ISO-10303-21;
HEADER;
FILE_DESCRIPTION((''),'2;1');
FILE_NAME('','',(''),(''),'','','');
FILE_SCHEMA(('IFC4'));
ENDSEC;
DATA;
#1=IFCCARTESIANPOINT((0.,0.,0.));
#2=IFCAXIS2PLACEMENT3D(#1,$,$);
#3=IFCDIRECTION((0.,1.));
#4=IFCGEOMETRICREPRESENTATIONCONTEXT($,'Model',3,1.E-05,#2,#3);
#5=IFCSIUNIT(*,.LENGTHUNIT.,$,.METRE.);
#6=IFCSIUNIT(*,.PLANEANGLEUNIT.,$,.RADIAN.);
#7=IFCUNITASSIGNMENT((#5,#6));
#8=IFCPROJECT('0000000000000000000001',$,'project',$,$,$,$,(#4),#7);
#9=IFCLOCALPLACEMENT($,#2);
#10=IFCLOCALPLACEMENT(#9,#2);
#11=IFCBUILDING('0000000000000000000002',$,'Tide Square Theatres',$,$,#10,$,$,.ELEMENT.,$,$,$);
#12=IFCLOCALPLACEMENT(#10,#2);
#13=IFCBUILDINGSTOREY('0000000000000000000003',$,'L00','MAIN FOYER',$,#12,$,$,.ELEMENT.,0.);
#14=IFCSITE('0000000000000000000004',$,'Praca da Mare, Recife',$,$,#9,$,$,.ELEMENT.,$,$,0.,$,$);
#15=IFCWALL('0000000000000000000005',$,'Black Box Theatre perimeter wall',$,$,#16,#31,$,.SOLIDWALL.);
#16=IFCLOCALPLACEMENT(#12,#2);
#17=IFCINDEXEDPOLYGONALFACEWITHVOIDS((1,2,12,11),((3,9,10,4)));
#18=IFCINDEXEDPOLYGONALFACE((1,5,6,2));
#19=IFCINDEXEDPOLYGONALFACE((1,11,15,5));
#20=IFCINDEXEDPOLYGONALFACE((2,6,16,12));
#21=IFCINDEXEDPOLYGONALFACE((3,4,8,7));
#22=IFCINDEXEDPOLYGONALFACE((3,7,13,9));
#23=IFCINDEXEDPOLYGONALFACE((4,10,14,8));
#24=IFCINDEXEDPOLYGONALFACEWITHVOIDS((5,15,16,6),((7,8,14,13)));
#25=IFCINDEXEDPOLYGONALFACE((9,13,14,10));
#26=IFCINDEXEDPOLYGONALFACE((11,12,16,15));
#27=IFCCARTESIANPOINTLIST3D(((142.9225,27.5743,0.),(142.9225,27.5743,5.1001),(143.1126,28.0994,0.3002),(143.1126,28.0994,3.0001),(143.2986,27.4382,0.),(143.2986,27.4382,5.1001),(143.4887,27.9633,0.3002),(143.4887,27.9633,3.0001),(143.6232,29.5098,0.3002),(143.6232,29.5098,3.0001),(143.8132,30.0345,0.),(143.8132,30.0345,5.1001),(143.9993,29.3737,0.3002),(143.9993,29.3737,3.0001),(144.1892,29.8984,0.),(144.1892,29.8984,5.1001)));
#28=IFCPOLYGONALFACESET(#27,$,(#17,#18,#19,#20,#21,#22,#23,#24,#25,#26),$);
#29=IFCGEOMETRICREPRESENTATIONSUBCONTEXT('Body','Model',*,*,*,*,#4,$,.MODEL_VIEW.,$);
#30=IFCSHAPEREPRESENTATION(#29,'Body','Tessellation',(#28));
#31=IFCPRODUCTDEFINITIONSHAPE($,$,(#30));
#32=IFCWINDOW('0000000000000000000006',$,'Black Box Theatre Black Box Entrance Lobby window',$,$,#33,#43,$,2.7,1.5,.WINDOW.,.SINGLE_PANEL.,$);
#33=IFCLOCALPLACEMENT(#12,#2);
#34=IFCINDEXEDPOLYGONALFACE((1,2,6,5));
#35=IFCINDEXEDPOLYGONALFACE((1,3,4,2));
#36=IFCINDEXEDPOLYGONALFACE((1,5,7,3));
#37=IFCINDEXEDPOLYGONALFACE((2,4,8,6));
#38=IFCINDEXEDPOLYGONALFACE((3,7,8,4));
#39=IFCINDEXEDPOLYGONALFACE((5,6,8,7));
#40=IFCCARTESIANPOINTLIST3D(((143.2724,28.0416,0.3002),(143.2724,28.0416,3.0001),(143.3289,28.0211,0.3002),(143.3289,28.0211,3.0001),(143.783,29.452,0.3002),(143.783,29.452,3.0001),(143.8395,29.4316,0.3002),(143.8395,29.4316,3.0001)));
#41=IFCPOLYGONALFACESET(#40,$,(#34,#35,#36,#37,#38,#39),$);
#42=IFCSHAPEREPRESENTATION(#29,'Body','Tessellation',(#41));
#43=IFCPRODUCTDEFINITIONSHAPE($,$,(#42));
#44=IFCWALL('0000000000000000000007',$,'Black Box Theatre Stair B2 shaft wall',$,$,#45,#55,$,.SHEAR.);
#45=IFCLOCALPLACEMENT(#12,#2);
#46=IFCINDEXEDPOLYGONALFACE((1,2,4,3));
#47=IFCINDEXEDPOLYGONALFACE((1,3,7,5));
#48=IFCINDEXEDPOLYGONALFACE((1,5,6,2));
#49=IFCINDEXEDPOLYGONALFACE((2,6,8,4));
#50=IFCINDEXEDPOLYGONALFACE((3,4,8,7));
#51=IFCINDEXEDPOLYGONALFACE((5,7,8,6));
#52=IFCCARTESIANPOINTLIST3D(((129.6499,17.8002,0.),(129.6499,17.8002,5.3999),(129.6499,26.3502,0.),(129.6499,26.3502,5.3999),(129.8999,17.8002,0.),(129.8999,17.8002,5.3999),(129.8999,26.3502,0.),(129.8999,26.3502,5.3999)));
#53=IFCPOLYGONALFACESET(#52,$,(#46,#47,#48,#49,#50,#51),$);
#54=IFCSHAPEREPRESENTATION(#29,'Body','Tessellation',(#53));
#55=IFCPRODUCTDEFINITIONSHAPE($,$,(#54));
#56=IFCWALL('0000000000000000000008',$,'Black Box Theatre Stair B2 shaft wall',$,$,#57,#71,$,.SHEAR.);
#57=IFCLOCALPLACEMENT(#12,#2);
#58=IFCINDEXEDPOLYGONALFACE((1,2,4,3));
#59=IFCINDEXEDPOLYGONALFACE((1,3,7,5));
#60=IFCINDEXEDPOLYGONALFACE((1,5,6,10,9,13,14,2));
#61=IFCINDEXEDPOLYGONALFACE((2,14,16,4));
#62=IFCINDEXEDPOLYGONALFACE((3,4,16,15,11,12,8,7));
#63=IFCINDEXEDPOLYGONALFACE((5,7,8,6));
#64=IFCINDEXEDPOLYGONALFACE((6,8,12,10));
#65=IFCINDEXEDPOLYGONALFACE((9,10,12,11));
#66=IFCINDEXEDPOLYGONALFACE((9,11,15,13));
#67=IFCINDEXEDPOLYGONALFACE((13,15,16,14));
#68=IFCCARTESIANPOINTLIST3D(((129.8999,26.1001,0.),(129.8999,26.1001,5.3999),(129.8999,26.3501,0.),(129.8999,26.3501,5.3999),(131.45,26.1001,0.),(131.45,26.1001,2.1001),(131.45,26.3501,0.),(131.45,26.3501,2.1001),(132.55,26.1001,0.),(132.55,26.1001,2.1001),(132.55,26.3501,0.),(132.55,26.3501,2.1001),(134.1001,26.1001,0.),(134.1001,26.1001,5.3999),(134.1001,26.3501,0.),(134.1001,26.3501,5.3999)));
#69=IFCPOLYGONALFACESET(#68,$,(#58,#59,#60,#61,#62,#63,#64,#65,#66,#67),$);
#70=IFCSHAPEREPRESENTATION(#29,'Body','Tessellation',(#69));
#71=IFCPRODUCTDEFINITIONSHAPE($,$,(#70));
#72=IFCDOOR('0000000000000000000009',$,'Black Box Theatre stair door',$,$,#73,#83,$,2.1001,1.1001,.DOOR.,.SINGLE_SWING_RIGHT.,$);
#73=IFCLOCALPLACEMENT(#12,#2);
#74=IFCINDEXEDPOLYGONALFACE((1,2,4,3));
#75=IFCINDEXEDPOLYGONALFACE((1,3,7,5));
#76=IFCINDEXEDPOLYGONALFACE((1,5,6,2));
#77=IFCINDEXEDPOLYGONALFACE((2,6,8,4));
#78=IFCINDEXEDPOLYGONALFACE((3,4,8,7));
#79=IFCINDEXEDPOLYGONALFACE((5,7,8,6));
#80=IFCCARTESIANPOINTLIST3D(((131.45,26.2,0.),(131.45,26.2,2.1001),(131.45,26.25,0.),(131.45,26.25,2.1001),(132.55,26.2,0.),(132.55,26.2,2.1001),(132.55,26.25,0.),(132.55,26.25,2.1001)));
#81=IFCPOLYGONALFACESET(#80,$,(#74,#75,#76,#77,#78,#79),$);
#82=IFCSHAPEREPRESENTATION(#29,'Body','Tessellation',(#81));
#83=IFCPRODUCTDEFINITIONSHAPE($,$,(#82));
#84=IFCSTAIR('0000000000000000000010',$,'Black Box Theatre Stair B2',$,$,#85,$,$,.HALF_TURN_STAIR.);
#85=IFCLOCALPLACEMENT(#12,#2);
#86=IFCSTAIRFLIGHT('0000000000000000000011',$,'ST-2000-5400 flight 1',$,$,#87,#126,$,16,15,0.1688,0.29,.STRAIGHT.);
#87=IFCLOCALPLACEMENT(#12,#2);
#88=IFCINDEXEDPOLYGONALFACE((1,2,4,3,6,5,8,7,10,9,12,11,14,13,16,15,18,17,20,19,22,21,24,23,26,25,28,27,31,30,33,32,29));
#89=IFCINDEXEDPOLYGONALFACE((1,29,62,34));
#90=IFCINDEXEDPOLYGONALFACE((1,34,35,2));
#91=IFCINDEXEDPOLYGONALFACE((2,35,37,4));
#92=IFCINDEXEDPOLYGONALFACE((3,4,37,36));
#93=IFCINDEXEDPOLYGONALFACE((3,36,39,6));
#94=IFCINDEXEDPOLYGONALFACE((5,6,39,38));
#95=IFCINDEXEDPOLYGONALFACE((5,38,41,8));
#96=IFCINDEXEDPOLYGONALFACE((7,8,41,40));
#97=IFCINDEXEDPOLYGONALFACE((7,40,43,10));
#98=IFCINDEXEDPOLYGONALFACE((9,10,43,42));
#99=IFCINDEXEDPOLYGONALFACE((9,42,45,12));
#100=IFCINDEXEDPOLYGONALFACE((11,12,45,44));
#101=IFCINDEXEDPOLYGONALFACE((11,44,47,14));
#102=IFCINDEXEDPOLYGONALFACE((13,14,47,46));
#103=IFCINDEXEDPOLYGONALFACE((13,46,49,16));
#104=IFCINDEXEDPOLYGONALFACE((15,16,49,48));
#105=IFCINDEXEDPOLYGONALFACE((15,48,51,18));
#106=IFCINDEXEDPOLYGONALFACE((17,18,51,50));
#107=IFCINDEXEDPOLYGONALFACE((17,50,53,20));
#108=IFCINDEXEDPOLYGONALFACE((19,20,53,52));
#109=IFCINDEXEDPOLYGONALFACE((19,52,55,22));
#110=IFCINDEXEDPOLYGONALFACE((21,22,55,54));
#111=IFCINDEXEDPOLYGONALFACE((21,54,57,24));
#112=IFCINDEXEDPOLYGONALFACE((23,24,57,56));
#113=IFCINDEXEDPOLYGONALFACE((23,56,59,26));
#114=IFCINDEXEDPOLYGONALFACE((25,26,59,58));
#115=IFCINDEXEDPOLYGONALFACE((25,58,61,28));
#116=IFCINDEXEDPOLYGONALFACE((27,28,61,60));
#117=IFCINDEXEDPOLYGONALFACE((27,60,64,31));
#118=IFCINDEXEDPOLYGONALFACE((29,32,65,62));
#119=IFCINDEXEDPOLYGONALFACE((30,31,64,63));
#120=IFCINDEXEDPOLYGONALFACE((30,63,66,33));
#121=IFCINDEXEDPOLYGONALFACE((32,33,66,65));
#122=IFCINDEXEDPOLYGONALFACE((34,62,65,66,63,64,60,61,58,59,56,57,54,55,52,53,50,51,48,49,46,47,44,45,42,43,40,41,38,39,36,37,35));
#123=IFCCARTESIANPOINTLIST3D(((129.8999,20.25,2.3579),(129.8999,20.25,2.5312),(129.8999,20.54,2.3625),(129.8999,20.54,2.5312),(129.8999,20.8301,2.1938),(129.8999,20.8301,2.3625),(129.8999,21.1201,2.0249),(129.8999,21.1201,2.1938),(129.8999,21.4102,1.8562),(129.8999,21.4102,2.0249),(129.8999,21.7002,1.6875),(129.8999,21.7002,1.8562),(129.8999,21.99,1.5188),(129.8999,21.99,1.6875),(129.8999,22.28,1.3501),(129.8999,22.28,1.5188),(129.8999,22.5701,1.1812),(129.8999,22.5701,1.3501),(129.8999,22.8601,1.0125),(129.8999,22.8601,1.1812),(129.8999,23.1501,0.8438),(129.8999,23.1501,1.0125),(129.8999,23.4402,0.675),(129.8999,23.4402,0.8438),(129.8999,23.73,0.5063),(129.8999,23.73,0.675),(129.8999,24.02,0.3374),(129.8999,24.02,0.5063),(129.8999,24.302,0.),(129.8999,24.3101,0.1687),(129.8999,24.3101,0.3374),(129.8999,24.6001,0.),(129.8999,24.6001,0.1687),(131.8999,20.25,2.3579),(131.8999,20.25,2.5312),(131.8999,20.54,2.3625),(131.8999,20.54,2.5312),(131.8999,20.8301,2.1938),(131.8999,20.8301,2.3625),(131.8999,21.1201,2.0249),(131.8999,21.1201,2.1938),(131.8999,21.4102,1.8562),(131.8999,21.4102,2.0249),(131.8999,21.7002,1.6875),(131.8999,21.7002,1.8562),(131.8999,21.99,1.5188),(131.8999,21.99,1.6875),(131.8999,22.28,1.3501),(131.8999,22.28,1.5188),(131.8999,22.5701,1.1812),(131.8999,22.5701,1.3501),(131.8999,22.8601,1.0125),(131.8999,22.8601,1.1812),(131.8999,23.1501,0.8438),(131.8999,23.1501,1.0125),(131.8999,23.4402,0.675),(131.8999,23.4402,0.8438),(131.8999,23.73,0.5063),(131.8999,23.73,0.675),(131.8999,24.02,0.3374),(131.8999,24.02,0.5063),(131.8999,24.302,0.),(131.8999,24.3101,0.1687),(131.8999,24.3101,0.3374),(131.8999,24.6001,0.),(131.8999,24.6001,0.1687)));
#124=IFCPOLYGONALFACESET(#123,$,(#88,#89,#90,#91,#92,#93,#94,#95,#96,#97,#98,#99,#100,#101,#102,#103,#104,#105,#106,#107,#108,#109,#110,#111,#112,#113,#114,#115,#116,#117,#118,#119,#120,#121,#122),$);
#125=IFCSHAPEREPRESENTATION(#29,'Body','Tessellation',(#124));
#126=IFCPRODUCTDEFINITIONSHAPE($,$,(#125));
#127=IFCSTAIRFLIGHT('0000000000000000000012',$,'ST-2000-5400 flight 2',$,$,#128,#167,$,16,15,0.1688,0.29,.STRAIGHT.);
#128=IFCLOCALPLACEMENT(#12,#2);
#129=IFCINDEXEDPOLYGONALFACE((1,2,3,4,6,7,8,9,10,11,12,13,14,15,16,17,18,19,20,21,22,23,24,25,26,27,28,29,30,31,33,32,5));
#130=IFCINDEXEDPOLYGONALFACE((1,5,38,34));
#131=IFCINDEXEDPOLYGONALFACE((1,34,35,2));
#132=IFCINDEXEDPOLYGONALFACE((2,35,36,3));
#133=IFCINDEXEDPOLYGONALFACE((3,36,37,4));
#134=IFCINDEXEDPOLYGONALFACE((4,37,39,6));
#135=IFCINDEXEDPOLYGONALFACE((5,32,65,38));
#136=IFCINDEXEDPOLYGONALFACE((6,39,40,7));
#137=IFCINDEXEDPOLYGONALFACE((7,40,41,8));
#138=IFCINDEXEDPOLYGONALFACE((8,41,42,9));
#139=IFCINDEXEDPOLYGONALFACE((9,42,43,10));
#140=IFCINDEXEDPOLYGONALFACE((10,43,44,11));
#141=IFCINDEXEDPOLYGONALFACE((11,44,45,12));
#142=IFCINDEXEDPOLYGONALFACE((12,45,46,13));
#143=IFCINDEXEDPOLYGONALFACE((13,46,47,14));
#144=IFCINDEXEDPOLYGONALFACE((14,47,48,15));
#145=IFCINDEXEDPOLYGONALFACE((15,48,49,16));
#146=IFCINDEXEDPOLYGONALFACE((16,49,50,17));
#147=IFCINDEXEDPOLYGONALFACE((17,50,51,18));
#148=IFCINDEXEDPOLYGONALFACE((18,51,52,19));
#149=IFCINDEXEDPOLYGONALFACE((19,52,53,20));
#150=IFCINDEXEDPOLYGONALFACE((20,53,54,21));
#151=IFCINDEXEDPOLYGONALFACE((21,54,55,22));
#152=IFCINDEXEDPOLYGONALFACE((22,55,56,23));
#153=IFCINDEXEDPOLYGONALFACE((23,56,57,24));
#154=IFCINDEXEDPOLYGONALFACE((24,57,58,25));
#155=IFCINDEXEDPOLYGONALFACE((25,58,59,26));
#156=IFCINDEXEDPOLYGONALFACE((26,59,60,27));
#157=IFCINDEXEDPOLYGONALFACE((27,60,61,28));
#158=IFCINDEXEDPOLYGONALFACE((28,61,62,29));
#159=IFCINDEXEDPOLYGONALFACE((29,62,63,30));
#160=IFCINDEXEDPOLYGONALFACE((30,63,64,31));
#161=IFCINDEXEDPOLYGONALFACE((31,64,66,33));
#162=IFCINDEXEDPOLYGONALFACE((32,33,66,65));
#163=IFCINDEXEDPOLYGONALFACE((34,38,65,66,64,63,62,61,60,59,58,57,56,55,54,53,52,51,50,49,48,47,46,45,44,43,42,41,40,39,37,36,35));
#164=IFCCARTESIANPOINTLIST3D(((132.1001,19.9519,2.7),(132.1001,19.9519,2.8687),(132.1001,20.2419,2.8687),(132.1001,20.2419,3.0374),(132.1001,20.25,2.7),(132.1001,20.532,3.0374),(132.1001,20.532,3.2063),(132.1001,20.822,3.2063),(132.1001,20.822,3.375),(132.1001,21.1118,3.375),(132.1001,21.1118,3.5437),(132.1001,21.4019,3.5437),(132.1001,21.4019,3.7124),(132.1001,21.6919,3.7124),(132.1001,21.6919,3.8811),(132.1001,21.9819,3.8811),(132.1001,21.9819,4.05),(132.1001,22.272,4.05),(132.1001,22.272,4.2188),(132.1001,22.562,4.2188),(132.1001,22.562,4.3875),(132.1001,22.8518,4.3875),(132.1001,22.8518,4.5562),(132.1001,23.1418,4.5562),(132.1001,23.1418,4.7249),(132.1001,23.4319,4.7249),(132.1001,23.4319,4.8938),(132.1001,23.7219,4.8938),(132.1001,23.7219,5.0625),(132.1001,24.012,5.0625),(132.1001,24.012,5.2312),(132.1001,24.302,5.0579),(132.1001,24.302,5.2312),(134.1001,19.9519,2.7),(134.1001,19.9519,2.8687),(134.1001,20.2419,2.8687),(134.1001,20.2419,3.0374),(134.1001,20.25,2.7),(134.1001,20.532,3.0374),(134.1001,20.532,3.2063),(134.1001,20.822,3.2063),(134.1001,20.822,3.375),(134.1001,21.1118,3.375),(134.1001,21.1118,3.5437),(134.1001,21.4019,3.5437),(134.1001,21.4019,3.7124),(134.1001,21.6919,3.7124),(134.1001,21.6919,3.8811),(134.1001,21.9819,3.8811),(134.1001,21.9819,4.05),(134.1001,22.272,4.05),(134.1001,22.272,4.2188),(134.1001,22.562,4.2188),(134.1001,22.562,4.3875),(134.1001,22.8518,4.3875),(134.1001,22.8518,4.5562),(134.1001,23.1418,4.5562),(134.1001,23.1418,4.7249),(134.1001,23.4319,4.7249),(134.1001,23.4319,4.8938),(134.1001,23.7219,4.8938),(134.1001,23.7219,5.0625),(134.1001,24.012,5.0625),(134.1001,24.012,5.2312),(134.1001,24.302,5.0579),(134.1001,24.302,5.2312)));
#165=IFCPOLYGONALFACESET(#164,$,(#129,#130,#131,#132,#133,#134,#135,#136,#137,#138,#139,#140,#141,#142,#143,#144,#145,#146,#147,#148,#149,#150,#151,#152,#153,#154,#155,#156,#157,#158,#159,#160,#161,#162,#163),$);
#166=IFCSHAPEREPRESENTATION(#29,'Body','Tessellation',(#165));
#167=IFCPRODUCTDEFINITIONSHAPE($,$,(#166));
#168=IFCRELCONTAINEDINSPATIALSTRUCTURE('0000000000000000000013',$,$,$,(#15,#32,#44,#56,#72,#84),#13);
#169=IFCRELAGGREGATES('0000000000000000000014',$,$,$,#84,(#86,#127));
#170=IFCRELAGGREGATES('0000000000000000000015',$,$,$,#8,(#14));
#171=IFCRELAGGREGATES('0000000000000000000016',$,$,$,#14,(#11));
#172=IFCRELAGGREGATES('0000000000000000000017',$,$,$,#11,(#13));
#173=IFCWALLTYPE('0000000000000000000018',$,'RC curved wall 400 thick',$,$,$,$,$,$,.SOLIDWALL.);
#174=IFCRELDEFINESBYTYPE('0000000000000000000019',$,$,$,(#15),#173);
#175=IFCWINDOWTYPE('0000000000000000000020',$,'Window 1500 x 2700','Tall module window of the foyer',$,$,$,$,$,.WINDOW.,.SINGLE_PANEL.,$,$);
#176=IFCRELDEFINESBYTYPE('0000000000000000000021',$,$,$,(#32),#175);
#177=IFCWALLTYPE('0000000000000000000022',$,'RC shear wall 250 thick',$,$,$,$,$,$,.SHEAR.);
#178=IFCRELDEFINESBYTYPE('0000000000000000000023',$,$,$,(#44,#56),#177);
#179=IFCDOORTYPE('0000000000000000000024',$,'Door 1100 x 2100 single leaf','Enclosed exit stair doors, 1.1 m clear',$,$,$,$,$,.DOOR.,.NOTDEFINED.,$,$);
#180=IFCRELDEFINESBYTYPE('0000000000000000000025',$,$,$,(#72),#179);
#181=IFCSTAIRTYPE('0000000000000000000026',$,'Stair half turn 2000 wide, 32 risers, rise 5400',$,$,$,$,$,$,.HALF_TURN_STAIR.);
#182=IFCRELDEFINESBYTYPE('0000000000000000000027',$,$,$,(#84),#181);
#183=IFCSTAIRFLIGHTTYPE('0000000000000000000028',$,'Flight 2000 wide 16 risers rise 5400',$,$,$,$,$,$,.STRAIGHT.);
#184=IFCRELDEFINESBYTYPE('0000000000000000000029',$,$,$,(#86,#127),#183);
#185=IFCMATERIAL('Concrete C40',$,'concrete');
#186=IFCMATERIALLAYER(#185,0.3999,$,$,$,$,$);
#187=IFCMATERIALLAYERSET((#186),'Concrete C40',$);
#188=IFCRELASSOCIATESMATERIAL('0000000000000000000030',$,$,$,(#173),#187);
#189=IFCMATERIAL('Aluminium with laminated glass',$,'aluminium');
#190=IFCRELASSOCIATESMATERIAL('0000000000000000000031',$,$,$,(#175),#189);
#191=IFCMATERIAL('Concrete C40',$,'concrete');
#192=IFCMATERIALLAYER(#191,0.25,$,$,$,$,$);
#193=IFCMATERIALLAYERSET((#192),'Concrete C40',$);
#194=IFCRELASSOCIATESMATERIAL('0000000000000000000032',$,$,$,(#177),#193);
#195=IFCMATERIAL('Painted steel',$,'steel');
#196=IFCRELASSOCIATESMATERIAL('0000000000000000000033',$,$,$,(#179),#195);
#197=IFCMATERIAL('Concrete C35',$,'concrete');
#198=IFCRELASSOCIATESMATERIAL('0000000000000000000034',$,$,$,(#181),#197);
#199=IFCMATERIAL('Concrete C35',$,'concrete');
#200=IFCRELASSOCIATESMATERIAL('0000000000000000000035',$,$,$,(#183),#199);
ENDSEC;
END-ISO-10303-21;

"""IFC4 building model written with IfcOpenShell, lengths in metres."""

from ifc_helpers import new_model, si_unit, direction, frame, frame_2d, origin, place, context, subcontext, project, spatial, polyline, rectangle, outline, extrude, material, layer, layer_set, type_object, element, fill, aggregate, save


model = new_model("IFC4")

# Units and contexts
model_context = context("Model", 3, precision=1e-05, world=origin(), true_north=direction((0.0, 1.0)))
body_context = subcontext(model_context, "Body", "Model", "MODEL_VIEW")
ifc_project = project(units=[si_unit("LENGTHUNIT", "METRE"), si_unit("PLANEANGLEUNIT", "RADIAN")], contexts=[model_context])

# Site, building, storey
site_placement = place(None, origin())
site = spatial("IfcSite", under=ifc_project, at=site_placement, Name="Praca da Mare, Recife", CompositionType="ELEMENT", RefElevation=0.0)
building_placement = place(site_placement, origin())
building = spatial("IfcBuilding", under=site, at=building_placement, Name="Tide Square Theatres", CompositionType="ELEMENT")
storey_placement = place(building_placement, origin())
storey = spatial("IfcBuildingStorey", under=building, at=storey_placement, Name="L00", Description="MAIN FOYER", CompositionType="ELEMENT", Elevation=0.0)

# Wall, opening, window
ifc_material_1 = material(Name="Concrete C40", Category="concrete")
ifc_layer_1 = layer(ifc_material_1, 0.3999)
ifc_layer_set_1 = layer_set([ifc_layer_1], Name="Concrete C40")
wall_type_1 = type_object("IfcWallType", Name="RC curved wall 400 thick", PredefinedType="SOLIDWALL", material=ifc_layer_set_1)
ifc_material_2 = material(Name="Aluminium with laminated glass", Category="aluminium")
window_type_1 = type_object("IfcWindowType", Name="Window 1500 x 2700", Description="Tall module window of the foyer", PartitioningType="SINGLE_PANEL", PredefinedType="WINDOW", material=ifc_material_2)
wall_1_placement = place(storey_placement, frame((143.1106, 27.5063, 0.0), z_axis=(0.0, 0.0, 1.0), x_axis=(0.340394, 0.940283, 0.0)))
wall_1 = element("IfcWall", 1, at=wall_1_placement, inside=storey, type_object=wall_type_1, Name="Black Box Theatre perimeter wall", PredefinedType="SOLIDWALL", context=body_context, shape_type="SweptSolid", body=[
    extrude(rectangle(XDim=2.6165, YDim=0.3999, at=frame_2d((1.3081, 0.0))), origin(), (0.0, 0.0, 1.0), 5.1001),
])
opening_1_placement = place(wall_1_placement, frame((0.5583, 0.0, 0.3)))
opening_1 = element("IfcOpeningElement", 2, at=opening_1_placement, cuts=wall_1, PredefinedType="OPENING", context=body_context, shape_type="SweptSolid", body=[
    extrude(rectangle(XDim=1.5, YDim=2.7, at=frame_2d((0.75, 1.3501))), frame((0.0, 0.21, 0.0), z_axis=(0.0, -1.0, 0.0), x_axis=(1.0, 0.0, 0.0)), (0.0, 0.0, 1.0), 0.4199),
])
window_1_placement = place(opening_1_placement, origin())
window_1 = element("IfcWindow", 3, at=window_1_placement, inside=storey, type_object=window_type_1, Name="Black Box Theatre Black Box Entrance Lobby window", OverallHeight=2.7, OverallWidth=1.5, PartitioningType="SINGLE_PANEL", PredefinedType="WINDOW", context=body_context, shape_type="SweptSolid", body=[
    extrude(rectangle(XDim=1.5, YDim=2.7, at=frame_2d((0.75, 1.3501))), frame((0.0, 0.03, 0.0), z_axis=(0.0, -1.0, 0.0), x_axis=(1.0, 0.0, 0.0)), (0.0, 0.0, 1.0), 0.0601),
])
fill(opening_1, window_1)

# Wall
ifc_material_3 = material(Name="Concrete C40", Category="concrete")
ifc_layer_2 = layer(ifc_material_3, 0.25)
ifc_layer_set_2 = layer_set([ifc_layer_2], Name="Concrete C40")
wall_type_2 = type_object("IfcWallType", Name="RC shear wall 250 thick", PredefinedType="SHEAR", material=ifc_layer_set_2)
wall_2_placement = place(storey_placement, frame((129.7749, 26.3501, 0.0), z_axis=(0.0, 0.0, 1.0), x_axis=(0.0, -1.0, 0.0)))
element("IfcWall", 4, at=wall_2_placement, inside=storey, type_object=wall_type_2, Name="Black Box Theatre Stair B2 shaft wall", PredefinedType="SHEAR", context=body_context, shape_type="SweptSolid", body=[
    extrude(rectangle(XDim=8.55, YDim=0.25, at=frame_2d((4.2749, 0.0))), origin(), (0.0, 0.0, 1.0), 5.3999),
])

# Wall, opening, door
wall_3_placement = place(storey_placement, frame((129.8999, 26.2251, 0.0), z_axis=(0.0, 0.0, 1.0), x_axis=(1.0, 0.0, 0.0)))
wall_3 = element("IfcWall", 5, at=wall_3_placement, inside=storey, type_object=wall_type_2, Name="Black Box Theatre Stair B2 shaft wall", PredefinedType="SHEAR", context=body_context, shape_type="SweptSolid", body=[
    extrude(rectangle(XDim=4.2002, YDim=0.25, at=frame_2d((2.1001, 0.0))), origin(), (0.0, 0.0, 1.0), 5.3999),
])
opening_2_placement = place(wall_3_placement, frame((1.55, 0.0, 0.0)))
opening_2 = element("IfcOpeningElement", 6, at=opening_2_placement, cuts=wall_3, PredefinedType="OPENING", context=body_context, shape_type="SweptSolid", body=[
    extrude(rectangle(XDim=1.1001, YDim=2.1001, at=frame_2d((0.55, 1.05))), frame((0.0, 0.135, 0.0), z_axis=(0.0, -1.0, 0.0), x_axis=(1.0, 0.0, 0.0)), (0.0, 0.0, 1.0), 0.27),
])
ifc_material_4 = material(Name="Painted steel", Category="steel")
door_type_1 = type_object("IfcDoorType", Name="Door 1100 x 2100 single leaf", Description="Enclosed exit stair doors, 1.1 m clear", OperationType="NOTDEFINED", PredefinedType="DOOR", material=ifc_material_4)
door_1_placement = place(opening_2_placement, origin())
door_1 = element("IfcDoor", 7, at=door_1_placement, inside=storey, type_object=door_type_1, Name="Black Box Theatre stair door", OperationType="SINGLE_SWING_RIGHT", OverallHeight=2.1001, OverallWidth=1.1001, PredefinedType="DOOR", context=body_context, shape_type="SweptSolid", body=[
    extrude(rectangle(XDim=1.1001, YDim=2.1001, at=frame_2d((0.55, 1.05))), frame((0.0, 0.0249, 0.0), z_axis=(0.0, -1.0, 0.0), x_axis=(1.0, 0.0, 0.0)), (0.0, 0.0, 1.0), 0.05),
])
fill(opening_2, door_1)

# Stair, stair flights
ifc_material_5 = material(Name="Concrete C35", Category="concrete")
stair_type = type_object("IfcStairType", Name="Stair half turn 2000 wide, 32 risers, rise 5400", PredefinedType="HALF_TURN_STAIR", material=ifc_material_5)
stair_placement = place(storey_placement, origin())
stair = element("IfcStair", 8, at=stair_placement, inside=storey, type_object=stair_type, Name="Black Box Theatre Stair B2", PredefinedType="HALF_TURN_STAIR")
ifc_material_6 = material(Name="Concrete C35", Category="concrete")
stair_flight_type = type_object("IfcStairFlightType", Name="Flight 2000 wide 16 risers rise 5400", PredefinedType="STRAIGHT", material=ifc_material_6)
stair_flight_1_placement = place(storey_placement, frame((130.8999, 24.6001, 0.0), z_axis=(0.0, 0.0, 1.0), x_axis=(0.0, -1.0, 0.0)))
stair_flight_1 = element("IfcStairFlight", 9, at=stair_flight_1_placement, type_object=stair_flight_type, Name="ST-2000-5400 flight 1", NumberOfRisers=16, NumberOfTreads=15, PredefinedType="STRAIGHT", RiserHeight=0.1688, TreadLength=0.29, context=body_context, shape_type="SweptSolid", body=[
    extrude(outline(polyline([(0.0, 0.0), (0.0, 0.1687), (0.29, 0.1687), (0.29, 0.3374), (0.5801, 0.3374), (0.5801, 0.5063), (0.8701, 0.5063), (0.8701, 0.675), (1.1599, 0.675), (1.1599, 0.8438), (1.45, 0.8438), (1.45, 1.0125), (1.74, 1.0125), (1.74, 1.1812), (2.03, 1.1812), (2.03, 1.3501), (2.3201, 1.3501), (2.3201, 1.5188), (2.6101, 1.5188), (2.6101, 1.6875), (2.8999, 1.6875), (2.8999, 1.8562), (3.1899, 1.8562), (3.1899, 2.0249), (3.48, 2.0249), (3.48, 2.1938), (3.77, 2.1938), (3.77, 2.3625), (4.0601, 2.3625), (4.0601, 2.5312), (4.3501, 2.5312), (4.3501, 2.7), (4.3501, 2.3579), (0.2981, 0.0), (0.0, 0.0)])), frame((0.0, 1.0, 0.0), z_axis=(0.0, -1.0, 0.0), x_axis=(1.0, 0.0, 0.0)), (0.0, 0.0, 1.0), 2.0),
])
stair_flight_2_placement = place(storey_placement, frame((133.1001, 19.9519, 2.7), z_axis=(0.0, 0.0, 1.0), x_axis=(0.0, 1.0, 0.0)))
stair_flight_2 = element("IfcStairFlight", 10, at=stair_flight_2_placement, type_object=stair_flight_type, Name="ST-2000-5400 flight 2", NumberOfRisers=16, NumberOfTreads=15, PredefinedType="STRAIGHT", RiserHeight=0.1688, TreadLength=0.29, context=body_context, shape_type="SweptSolid", body=[
    extrude(outline(polyline([(0.0, 0.0), (0.0, 0.1687), (0.29, 0.1687), (0.29, 0.3374), (0.5801, 0.3374), (0.5801, 0.5063), (0.8701, 0.5063), (0.8701, 0.675), (1.1599, 0.675), (1.1599, 0.8438), (1.45, 0.8438), (1.45, 1.0125), (1.74, 1.0125), (1.74, 1.1812), (2.03, 1.1812), (2.03, 1.3501), (2.3201, 1.3501), (2.3201, 1.5188), (2.6101, 1.5188), (2.6101, 1.6875), (2.8999, 1.6875), (2.8999, 1.8562), (3.1899, 1.8562), (3.1899, 2.0249), (3.48, 2.0249), (3.48, 2.1938), (3.77, 2.1938), (3.77, 2.3625), (4.0601, 2.3625), (4.0601, 2.5312), (4.3501, 2.5312), (4.3501, 2.7), (4.3501, 2.3579), (0.2981, 0.0), (0.0, 0.0)])), frame((0.0, 1.0, 0.0), z_axis=(0.0, -1.0, 0.0), x_axis=(1.0, 0.0, 0.0)), (0.0, 0.0, 1.0), 2.0),
])
aggregate(stair, [stair_flight_1, stair_flight_2])

save(model, "model.ifc")
